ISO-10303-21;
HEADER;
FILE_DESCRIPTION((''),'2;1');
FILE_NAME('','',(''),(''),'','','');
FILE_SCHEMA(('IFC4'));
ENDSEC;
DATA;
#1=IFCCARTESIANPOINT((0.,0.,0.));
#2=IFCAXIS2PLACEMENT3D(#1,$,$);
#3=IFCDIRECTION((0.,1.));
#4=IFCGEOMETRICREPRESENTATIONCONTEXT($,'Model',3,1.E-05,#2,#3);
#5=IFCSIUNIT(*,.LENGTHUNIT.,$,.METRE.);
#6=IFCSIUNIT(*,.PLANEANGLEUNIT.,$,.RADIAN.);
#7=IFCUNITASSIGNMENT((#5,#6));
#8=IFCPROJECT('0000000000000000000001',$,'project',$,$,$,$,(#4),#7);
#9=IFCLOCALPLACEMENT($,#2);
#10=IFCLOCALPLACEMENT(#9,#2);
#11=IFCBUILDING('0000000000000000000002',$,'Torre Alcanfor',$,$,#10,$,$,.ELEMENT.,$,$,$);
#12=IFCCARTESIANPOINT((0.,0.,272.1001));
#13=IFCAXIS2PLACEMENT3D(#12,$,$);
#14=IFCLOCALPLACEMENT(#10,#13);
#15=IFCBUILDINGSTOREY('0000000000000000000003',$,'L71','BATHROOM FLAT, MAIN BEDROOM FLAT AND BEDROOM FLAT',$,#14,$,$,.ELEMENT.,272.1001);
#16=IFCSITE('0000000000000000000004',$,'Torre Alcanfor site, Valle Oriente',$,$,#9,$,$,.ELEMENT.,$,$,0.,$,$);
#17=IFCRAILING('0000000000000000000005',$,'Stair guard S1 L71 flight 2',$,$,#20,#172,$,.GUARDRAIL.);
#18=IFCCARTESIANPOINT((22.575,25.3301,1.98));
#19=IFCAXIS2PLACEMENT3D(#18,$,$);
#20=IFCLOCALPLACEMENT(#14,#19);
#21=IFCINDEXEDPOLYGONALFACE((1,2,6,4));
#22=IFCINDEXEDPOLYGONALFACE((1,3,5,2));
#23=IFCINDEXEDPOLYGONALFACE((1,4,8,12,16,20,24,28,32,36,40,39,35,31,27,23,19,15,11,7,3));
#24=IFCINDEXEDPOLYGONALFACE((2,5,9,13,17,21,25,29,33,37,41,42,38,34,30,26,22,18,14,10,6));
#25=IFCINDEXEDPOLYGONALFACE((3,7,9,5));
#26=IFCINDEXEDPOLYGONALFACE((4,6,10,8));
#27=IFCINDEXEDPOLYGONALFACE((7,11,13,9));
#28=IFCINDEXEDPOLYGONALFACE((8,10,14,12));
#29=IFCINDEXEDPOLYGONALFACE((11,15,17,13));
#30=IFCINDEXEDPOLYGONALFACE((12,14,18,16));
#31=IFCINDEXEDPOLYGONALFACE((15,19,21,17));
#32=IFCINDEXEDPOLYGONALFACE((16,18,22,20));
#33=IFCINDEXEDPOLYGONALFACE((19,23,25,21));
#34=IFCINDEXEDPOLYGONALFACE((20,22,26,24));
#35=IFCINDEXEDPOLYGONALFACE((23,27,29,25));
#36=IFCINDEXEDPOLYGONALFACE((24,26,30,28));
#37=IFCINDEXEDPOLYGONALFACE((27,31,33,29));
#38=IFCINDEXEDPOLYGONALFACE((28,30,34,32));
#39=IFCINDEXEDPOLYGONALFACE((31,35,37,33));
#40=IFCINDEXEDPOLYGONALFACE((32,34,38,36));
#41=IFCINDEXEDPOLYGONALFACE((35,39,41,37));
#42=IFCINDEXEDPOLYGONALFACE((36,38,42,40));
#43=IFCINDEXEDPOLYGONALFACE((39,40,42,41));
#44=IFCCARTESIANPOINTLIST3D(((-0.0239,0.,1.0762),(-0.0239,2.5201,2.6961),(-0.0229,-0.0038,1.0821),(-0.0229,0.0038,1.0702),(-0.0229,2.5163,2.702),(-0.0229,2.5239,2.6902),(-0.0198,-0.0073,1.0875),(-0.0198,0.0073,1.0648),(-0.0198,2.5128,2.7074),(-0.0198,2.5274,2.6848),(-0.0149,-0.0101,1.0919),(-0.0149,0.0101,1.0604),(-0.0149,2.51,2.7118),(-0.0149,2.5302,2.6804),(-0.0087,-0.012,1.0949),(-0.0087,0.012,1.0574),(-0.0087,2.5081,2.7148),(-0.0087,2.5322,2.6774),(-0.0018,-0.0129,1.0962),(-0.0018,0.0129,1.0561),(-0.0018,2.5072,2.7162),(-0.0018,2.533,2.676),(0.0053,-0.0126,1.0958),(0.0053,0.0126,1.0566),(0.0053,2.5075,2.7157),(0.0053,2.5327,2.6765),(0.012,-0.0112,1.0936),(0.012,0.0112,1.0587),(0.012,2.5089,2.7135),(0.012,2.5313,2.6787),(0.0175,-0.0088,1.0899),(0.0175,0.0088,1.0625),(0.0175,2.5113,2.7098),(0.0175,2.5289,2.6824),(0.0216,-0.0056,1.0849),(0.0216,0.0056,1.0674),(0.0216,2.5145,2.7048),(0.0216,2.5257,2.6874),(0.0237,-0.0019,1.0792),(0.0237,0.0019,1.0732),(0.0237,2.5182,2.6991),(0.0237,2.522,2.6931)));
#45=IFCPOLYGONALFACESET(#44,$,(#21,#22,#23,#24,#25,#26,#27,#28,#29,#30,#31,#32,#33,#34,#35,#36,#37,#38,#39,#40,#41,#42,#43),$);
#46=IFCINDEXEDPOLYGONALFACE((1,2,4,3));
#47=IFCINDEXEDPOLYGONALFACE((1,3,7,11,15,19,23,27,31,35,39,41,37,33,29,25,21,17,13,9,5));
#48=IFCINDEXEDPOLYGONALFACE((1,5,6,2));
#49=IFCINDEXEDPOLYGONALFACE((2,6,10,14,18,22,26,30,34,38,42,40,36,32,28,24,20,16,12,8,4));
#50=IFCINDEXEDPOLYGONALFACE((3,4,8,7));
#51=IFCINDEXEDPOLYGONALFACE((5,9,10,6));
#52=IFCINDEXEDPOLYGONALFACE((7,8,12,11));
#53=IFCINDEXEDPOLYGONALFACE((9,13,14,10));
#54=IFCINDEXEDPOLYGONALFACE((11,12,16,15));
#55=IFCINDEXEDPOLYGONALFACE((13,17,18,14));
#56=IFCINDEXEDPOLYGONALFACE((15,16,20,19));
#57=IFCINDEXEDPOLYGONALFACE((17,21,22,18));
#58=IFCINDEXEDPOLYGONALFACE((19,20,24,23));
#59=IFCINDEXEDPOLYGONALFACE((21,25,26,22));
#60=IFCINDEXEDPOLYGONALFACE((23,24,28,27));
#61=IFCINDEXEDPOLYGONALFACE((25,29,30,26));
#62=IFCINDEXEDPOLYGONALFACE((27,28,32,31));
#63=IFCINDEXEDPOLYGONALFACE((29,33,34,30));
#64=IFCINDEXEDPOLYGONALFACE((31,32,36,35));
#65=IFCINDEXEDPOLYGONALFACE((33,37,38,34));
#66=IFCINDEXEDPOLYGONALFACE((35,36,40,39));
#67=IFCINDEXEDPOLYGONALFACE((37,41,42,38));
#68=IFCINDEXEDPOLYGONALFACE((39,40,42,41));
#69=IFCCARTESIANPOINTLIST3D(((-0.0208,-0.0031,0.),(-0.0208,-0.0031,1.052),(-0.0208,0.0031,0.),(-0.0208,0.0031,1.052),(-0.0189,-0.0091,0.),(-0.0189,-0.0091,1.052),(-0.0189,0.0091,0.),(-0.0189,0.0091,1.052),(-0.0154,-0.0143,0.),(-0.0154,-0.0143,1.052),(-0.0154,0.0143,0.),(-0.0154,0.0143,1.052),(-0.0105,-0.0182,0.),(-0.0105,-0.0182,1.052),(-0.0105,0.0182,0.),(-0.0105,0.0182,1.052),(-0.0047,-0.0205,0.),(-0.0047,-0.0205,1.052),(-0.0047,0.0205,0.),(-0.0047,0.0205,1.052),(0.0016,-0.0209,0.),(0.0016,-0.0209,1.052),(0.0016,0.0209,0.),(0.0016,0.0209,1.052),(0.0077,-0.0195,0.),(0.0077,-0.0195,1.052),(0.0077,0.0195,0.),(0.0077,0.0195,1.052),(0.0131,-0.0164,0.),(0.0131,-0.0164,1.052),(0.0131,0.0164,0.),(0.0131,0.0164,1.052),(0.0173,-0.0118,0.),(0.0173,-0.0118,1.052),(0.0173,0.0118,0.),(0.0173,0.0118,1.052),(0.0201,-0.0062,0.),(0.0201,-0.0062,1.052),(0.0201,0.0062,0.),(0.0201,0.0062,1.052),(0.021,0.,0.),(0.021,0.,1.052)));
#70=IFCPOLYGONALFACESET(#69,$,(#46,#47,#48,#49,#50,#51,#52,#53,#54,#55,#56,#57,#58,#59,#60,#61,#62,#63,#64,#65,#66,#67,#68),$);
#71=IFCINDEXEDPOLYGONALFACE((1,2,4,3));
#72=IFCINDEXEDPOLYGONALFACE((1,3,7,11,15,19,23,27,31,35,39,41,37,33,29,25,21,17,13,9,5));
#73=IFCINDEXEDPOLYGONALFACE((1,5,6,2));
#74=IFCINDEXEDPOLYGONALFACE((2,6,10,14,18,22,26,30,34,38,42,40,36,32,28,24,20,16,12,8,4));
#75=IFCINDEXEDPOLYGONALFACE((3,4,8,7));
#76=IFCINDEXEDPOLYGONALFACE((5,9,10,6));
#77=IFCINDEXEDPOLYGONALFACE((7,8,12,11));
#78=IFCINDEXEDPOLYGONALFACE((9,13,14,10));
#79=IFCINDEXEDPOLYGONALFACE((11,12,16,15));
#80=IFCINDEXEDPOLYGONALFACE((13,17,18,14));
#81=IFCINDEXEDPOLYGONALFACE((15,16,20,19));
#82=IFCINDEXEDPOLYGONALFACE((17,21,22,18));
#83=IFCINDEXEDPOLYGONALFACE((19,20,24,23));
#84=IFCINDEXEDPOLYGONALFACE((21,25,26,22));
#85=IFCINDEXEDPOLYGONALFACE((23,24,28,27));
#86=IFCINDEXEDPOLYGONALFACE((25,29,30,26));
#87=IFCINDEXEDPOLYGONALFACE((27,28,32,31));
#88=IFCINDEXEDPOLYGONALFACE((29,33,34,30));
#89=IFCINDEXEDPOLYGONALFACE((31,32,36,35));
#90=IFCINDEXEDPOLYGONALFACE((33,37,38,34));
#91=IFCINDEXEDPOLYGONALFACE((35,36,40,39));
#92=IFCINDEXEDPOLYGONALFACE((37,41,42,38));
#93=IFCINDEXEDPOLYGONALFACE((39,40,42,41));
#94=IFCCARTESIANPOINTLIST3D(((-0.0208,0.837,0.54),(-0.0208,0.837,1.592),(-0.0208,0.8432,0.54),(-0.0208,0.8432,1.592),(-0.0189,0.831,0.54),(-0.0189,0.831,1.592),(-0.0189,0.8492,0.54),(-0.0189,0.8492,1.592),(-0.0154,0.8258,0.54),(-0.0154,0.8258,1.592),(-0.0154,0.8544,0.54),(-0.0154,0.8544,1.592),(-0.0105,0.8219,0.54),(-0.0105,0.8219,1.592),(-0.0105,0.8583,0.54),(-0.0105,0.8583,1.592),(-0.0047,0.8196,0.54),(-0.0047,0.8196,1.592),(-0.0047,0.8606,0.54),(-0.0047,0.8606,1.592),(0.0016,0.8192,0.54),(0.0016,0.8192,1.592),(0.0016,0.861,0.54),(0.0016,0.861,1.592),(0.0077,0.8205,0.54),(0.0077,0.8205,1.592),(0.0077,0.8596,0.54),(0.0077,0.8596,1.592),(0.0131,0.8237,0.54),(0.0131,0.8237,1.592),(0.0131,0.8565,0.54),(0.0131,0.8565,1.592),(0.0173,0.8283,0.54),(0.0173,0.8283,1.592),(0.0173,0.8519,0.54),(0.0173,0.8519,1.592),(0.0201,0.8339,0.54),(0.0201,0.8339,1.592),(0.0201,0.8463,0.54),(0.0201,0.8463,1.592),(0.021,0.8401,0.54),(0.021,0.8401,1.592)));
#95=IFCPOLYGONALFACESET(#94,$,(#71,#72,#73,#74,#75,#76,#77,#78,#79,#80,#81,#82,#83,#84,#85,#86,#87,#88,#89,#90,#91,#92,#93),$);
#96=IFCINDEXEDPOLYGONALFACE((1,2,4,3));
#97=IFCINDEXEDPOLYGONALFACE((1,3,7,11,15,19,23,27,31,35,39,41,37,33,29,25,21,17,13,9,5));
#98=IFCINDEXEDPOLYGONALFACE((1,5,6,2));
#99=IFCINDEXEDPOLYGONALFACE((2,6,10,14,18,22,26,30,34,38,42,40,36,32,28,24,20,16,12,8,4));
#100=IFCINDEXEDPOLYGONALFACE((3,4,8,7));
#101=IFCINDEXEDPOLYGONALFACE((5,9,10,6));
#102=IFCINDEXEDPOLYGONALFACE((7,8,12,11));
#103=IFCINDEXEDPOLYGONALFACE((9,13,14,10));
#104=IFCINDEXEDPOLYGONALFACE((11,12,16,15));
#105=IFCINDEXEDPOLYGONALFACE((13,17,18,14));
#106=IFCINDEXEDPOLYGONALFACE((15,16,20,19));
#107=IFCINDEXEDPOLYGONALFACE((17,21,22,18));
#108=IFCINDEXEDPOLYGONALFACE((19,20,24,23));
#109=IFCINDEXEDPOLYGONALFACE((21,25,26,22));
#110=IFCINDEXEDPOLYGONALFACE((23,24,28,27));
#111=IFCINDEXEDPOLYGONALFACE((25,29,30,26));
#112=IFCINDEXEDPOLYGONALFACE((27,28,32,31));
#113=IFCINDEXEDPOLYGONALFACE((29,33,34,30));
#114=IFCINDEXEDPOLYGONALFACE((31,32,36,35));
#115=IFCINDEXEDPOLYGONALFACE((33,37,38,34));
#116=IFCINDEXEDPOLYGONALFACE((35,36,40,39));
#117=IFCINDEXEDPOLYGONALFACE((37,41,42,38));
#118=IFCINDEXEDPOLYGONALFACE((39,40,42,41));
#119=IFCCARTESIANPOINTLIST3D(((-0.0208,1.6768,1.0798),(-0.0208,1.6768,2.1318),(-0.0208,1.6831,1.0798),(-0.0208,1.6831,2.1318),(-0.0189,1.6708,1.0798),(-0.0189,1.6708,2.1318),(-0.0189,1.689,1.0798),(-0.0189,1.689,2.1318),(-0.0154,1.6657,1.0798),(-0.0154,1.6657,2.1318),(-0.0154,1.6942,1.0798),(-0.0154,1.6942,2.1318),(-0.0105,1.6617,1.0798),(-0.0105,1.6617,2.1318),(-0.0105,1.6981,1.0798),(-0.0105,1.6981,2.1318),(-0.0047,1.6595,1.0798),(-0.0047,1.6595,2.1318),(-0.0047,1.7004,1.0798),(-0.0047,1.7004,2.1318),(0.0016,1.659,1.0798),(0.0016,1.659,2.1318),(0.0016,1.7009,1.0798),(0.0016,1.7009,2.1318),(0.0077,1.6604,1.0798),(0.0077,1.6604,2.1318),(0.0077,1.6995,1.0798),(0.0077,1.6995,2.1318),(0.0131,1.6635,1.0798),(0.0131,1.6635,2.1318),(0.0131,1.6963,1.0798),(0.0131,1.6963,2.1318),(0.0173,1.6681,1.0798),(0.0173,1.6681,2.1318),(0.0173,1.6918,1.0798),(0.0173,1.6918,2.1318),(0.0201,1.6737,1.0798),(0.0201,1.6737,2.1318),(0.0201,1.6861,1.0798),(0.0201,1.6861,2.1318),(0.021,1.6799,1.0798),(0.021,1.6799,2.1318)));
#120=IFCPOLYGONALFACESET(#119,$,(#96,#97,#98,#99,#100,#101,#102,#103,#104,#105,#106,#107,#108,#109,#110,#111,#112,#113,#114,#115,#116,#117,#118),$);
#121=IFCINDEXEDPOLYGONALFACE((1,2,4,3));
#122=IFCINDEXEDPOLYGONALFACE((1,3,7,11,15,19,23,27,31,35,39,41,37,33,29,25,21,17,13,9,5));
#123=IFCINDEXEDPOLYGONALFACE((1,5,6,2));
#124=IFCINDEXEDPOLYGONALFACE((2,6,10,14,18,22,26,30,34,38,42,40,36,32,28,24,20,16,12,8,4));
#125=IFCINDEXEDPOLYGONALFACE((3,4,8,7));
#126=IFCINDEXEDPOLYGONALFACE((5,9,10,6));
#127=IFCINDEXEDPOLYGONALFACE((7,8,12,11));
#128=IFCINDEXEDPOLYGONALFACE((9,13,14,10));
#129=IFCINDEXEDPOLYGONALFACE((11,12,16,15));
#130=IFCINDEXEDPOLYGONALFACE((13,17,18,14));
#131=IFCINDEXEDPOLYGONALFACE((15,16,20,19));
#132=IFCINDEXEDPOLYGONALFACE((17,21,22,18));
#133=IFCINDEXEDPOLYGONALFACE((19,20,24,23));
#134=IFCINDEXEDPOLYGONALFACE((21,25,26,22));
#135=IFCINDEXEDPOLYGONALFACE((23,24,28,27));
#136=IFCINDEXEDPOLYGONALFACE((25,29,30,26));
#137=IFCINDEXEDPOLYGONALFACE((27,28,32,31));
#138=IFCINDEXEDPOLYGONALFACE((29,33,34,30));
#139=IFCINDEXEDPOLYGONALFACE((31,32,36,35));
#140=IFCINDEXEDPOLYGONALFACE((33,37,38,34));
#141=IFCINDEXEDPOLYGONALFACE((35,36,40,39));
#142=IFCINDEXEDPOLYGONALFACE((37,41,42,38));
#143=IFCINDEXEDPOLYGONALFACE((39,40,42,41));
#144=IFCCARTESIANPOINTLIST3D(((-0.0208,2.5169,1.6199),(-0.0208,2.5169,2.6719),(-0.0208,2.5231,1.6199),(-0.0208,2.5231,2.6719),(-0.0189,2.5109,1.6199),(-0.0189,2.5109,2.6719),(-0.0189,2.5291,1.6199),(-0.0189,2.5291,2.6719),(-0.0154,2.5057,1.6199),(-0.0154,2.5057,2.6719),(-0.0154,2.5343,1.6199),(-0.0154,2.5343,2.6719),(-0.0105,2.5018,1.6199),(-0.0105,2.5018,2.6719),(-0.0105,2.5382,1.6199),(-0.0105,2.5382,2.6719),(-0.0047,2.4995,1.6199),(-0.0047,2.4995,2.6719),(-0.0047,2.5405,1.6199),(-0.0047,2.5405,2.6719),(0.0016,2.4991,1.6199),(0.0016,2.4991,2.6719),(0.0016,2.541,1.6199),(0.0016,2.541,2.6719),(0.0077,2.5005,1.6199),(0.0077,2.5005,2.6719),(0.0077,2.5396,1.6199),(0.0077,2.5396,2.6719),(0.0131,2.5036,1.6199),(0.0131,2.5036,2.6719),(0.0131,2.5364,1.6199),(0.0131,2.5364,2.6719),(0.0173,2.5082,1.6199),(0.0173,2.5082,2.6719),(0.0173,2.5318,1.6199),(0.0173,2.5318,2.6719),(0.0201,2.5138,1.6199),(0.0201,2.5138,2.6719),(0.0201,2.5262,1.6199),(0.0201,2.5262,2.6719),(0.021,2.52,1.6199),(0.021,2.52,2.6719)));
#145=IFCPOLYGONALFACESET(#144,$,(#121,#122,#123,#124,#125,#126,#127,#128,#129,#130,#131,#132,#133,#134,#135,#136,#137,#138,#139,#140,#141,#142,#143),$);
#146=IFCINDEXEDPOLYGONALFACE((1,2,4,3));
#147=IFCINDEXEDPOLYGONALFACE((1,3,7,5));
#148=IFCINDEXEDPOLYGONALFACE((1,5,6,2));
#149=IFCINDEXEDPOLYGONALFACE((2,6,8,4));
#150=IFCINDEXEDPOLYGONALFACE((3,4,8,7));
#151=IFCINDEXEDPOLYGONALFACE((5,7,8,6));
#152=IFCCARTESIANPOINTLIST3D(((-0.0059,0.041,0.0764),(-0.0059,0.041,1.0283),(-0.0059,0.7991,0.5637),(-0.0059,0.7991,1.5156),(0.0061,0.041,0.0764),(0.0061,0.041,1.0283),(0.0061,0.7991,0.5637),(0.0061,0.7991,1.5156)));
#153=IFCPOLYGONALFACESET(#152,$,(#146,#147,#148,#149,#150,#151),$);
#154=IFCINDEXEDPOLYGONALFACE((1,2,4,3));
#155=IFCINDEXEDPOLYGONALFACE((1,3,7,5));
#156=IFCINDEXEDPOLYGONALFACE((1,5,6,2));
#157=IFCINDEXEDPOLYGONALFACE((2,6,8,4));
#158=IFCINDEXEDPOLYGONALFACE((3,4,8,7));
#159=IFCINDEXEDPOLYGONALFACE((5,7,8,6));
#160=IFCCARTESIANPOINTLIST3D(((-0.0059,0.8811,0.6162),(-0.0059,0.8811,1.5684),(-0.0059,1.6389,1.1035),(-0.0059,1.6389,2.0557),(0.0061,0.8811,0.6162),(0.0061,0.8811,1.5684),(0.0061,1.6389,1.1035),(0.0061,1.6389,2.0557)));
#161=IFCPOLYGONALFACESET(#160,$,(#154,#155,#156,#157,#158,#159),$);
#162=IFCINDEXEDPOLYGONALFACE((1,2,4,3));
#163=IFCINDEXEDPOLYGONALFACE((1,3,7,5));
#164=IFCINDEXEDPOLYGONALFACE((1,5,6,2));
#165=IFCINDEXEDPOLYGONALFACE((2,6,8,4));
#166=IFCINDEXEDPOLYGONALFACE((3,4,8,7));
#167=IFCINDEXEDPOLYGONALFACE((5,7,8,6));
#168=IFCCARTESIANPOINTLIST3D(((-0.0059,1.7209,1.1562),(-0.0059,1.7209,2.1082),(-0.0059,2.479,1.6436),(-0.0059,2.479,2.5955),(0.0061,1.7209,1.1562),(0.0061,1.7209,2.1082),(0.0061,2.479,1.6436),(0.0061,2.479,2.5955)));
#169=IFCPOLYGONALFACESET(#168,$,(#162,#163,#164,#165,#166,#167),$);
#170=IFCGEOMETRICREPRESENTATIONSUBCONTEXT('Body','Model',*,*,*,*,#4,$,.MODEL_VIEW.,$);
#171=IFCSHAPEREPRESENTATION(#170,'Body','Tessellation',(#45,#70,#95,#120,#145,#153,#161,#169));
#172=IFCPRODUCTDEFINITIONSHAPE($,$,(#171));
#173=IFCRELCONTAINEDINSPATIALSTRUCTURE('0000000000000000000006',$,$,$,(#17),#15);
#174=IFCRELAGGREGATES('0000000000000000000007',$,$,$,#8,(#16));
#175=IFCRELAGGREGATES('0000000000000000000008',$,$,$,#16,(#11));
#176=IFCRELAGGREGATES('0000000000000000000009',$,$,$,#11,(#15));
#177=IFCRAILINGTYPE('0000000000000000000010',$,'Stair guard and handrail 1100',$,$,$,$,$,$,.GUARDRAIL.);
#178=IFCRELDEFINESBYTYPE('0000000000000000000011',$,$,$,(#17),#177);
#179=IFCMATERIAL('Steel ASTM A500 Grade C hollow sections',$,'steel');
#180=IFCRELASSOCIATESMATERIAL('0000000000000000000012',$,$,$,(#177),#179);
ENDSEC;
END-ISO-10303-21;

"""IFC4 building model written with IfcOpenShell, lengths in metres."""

from ifc_helpers import new_model, si_unit, direction, frame, origin, origin_2d, place, context, subcontext, project, spatial, polyline, circle, outline, extrude, material, type_object, element, save


model = new_model("IFC4")

# Units and contexts
model_context = context("Model", 3, precision=1e-05, world=origin(), true_north=direction((0.0, 1.0)))
body_context = subcontext(model_context, "Body", "Model", "MODEL_VIEW")
ifc_project = project(units=[si_unit("LENGTHUNIT", "METRE"), si_unit("PLANEANGLEUNIT", "RADIAN")], contexts=[model_context])

# Site, building, storey
site_placement = place(None, origin())
site = spatial("IfcSite", under=ifc_project, at=site_placement, Name="Torre Alcanfor site, Valle Oriente", CompositionType="ELEMENT", RefElevation=0.0)
building_placement = place(site_placement, origin())
building = spatial("IfcBuilding", under=site, at=building_placement, Name="Torre Alcanfor", CompositionType="ELEMENT")
storey_placement = place(building_placement, frame((0.0, 0.0, 272.1001)))
storey = spatial("IfcBuildingStorey", under=building, at=storey_placement, Name="L71", Description="BATHROOM FLAT, MAIN BEDROOM FLAT AND BEDROOM FLAT", CompositionType="ELEMENT", Elevation=272.1001)

# Railing
ifc_material_1 = material(Name="Steel ASTM A500 Grade C hollow sections", Category="steel")
railing_type_1 = type_object("IfcRailingType", Name="Stair guard and handrail 1100", PredefinedType="GUARDRAIL", material=ifc_material_1)
railing_1_placement = place(storey_placement, frame((22.575, 25.3301, 1.98)))
element("IfcRailing", 1, at=railing_1_placement, inside=storey, type_object=railing_type_1, Name="Stair guard S1 L71 flight 2", PredefinedType="GUARDRAIL", context=body_context, shape_type="SweptSolid", body=[
    extrude(circle(Radius=0.0239, at=origin_2d()), frame((0.0, 0.0, 1.0762), z_axis=(0.0, 0.8412, 0.540725), x_axis=(-1.0, 0.0, 0.0)), (0.0, 0.0, 1.0), 2.9958),
    extrude(circle(Radius=0.021, at=origin_2d()), origin(), (0.0, 0.0, 1.0), 1.052),
    extrude(circle(Radius=0.021, at=origin_2d()), frame((0.0, 0.8401, 0.54)), (0.0, 0.0, 1.0), 1.052),
    extrude(circle(Radius=0.021, at=origin_2d()), frame((0.0, 1.6799, 1.0798)), (0.0, 0.0, 1.0), 1.052),
    extrude(circle(Radius=0.021, at=origin_2d()), frame((0.0, 2.52, 1.6199)), (0.0, 0.0, 1.0), 1.052),
    extrude(outline(polyline([(0.041, 0.0764), (0.7991, 0.5637), (0.7991, 1.5156), (0.041, 1.0283), (0.041, 0.0764)])), frame((-0.0059, 0.0, 0.0), z_axis=(1.0, 0.0, 0.0), x_axis=(0.0, 1.0, 0.0)), (0.0, 0.0, 1.0), 0.012),
    extrude(outline(polyline([(0.8811, 0.6162), (1.6389, 1.1035), (1.6389, 2.0557), (0.8811, 1.5684), (0.8811, 0.6162)])), frame((-0.0059, 0.0, 0.0), z_axis=(1.0, 0.0, 0.0), x_axis=(0.0, 1.0, 0.0)), (0.0, 0.0, 1.0), 0.012),
    extrude(outline(polyline([(1.7209, 1.1562), (2.479, 1.6436), (2.479, 2.5955), (1.7209, 2.1082), (1.7209, 1.1562)])), frame((-0.0059, 0.0, 0.0), z_axis=(1.0, 0.0, 0.0), x_axis=(0.0, 1.0, 0.0)), (0.0, 0.0, 1.0), 0.012),
])

save(model, "model.ifc")
